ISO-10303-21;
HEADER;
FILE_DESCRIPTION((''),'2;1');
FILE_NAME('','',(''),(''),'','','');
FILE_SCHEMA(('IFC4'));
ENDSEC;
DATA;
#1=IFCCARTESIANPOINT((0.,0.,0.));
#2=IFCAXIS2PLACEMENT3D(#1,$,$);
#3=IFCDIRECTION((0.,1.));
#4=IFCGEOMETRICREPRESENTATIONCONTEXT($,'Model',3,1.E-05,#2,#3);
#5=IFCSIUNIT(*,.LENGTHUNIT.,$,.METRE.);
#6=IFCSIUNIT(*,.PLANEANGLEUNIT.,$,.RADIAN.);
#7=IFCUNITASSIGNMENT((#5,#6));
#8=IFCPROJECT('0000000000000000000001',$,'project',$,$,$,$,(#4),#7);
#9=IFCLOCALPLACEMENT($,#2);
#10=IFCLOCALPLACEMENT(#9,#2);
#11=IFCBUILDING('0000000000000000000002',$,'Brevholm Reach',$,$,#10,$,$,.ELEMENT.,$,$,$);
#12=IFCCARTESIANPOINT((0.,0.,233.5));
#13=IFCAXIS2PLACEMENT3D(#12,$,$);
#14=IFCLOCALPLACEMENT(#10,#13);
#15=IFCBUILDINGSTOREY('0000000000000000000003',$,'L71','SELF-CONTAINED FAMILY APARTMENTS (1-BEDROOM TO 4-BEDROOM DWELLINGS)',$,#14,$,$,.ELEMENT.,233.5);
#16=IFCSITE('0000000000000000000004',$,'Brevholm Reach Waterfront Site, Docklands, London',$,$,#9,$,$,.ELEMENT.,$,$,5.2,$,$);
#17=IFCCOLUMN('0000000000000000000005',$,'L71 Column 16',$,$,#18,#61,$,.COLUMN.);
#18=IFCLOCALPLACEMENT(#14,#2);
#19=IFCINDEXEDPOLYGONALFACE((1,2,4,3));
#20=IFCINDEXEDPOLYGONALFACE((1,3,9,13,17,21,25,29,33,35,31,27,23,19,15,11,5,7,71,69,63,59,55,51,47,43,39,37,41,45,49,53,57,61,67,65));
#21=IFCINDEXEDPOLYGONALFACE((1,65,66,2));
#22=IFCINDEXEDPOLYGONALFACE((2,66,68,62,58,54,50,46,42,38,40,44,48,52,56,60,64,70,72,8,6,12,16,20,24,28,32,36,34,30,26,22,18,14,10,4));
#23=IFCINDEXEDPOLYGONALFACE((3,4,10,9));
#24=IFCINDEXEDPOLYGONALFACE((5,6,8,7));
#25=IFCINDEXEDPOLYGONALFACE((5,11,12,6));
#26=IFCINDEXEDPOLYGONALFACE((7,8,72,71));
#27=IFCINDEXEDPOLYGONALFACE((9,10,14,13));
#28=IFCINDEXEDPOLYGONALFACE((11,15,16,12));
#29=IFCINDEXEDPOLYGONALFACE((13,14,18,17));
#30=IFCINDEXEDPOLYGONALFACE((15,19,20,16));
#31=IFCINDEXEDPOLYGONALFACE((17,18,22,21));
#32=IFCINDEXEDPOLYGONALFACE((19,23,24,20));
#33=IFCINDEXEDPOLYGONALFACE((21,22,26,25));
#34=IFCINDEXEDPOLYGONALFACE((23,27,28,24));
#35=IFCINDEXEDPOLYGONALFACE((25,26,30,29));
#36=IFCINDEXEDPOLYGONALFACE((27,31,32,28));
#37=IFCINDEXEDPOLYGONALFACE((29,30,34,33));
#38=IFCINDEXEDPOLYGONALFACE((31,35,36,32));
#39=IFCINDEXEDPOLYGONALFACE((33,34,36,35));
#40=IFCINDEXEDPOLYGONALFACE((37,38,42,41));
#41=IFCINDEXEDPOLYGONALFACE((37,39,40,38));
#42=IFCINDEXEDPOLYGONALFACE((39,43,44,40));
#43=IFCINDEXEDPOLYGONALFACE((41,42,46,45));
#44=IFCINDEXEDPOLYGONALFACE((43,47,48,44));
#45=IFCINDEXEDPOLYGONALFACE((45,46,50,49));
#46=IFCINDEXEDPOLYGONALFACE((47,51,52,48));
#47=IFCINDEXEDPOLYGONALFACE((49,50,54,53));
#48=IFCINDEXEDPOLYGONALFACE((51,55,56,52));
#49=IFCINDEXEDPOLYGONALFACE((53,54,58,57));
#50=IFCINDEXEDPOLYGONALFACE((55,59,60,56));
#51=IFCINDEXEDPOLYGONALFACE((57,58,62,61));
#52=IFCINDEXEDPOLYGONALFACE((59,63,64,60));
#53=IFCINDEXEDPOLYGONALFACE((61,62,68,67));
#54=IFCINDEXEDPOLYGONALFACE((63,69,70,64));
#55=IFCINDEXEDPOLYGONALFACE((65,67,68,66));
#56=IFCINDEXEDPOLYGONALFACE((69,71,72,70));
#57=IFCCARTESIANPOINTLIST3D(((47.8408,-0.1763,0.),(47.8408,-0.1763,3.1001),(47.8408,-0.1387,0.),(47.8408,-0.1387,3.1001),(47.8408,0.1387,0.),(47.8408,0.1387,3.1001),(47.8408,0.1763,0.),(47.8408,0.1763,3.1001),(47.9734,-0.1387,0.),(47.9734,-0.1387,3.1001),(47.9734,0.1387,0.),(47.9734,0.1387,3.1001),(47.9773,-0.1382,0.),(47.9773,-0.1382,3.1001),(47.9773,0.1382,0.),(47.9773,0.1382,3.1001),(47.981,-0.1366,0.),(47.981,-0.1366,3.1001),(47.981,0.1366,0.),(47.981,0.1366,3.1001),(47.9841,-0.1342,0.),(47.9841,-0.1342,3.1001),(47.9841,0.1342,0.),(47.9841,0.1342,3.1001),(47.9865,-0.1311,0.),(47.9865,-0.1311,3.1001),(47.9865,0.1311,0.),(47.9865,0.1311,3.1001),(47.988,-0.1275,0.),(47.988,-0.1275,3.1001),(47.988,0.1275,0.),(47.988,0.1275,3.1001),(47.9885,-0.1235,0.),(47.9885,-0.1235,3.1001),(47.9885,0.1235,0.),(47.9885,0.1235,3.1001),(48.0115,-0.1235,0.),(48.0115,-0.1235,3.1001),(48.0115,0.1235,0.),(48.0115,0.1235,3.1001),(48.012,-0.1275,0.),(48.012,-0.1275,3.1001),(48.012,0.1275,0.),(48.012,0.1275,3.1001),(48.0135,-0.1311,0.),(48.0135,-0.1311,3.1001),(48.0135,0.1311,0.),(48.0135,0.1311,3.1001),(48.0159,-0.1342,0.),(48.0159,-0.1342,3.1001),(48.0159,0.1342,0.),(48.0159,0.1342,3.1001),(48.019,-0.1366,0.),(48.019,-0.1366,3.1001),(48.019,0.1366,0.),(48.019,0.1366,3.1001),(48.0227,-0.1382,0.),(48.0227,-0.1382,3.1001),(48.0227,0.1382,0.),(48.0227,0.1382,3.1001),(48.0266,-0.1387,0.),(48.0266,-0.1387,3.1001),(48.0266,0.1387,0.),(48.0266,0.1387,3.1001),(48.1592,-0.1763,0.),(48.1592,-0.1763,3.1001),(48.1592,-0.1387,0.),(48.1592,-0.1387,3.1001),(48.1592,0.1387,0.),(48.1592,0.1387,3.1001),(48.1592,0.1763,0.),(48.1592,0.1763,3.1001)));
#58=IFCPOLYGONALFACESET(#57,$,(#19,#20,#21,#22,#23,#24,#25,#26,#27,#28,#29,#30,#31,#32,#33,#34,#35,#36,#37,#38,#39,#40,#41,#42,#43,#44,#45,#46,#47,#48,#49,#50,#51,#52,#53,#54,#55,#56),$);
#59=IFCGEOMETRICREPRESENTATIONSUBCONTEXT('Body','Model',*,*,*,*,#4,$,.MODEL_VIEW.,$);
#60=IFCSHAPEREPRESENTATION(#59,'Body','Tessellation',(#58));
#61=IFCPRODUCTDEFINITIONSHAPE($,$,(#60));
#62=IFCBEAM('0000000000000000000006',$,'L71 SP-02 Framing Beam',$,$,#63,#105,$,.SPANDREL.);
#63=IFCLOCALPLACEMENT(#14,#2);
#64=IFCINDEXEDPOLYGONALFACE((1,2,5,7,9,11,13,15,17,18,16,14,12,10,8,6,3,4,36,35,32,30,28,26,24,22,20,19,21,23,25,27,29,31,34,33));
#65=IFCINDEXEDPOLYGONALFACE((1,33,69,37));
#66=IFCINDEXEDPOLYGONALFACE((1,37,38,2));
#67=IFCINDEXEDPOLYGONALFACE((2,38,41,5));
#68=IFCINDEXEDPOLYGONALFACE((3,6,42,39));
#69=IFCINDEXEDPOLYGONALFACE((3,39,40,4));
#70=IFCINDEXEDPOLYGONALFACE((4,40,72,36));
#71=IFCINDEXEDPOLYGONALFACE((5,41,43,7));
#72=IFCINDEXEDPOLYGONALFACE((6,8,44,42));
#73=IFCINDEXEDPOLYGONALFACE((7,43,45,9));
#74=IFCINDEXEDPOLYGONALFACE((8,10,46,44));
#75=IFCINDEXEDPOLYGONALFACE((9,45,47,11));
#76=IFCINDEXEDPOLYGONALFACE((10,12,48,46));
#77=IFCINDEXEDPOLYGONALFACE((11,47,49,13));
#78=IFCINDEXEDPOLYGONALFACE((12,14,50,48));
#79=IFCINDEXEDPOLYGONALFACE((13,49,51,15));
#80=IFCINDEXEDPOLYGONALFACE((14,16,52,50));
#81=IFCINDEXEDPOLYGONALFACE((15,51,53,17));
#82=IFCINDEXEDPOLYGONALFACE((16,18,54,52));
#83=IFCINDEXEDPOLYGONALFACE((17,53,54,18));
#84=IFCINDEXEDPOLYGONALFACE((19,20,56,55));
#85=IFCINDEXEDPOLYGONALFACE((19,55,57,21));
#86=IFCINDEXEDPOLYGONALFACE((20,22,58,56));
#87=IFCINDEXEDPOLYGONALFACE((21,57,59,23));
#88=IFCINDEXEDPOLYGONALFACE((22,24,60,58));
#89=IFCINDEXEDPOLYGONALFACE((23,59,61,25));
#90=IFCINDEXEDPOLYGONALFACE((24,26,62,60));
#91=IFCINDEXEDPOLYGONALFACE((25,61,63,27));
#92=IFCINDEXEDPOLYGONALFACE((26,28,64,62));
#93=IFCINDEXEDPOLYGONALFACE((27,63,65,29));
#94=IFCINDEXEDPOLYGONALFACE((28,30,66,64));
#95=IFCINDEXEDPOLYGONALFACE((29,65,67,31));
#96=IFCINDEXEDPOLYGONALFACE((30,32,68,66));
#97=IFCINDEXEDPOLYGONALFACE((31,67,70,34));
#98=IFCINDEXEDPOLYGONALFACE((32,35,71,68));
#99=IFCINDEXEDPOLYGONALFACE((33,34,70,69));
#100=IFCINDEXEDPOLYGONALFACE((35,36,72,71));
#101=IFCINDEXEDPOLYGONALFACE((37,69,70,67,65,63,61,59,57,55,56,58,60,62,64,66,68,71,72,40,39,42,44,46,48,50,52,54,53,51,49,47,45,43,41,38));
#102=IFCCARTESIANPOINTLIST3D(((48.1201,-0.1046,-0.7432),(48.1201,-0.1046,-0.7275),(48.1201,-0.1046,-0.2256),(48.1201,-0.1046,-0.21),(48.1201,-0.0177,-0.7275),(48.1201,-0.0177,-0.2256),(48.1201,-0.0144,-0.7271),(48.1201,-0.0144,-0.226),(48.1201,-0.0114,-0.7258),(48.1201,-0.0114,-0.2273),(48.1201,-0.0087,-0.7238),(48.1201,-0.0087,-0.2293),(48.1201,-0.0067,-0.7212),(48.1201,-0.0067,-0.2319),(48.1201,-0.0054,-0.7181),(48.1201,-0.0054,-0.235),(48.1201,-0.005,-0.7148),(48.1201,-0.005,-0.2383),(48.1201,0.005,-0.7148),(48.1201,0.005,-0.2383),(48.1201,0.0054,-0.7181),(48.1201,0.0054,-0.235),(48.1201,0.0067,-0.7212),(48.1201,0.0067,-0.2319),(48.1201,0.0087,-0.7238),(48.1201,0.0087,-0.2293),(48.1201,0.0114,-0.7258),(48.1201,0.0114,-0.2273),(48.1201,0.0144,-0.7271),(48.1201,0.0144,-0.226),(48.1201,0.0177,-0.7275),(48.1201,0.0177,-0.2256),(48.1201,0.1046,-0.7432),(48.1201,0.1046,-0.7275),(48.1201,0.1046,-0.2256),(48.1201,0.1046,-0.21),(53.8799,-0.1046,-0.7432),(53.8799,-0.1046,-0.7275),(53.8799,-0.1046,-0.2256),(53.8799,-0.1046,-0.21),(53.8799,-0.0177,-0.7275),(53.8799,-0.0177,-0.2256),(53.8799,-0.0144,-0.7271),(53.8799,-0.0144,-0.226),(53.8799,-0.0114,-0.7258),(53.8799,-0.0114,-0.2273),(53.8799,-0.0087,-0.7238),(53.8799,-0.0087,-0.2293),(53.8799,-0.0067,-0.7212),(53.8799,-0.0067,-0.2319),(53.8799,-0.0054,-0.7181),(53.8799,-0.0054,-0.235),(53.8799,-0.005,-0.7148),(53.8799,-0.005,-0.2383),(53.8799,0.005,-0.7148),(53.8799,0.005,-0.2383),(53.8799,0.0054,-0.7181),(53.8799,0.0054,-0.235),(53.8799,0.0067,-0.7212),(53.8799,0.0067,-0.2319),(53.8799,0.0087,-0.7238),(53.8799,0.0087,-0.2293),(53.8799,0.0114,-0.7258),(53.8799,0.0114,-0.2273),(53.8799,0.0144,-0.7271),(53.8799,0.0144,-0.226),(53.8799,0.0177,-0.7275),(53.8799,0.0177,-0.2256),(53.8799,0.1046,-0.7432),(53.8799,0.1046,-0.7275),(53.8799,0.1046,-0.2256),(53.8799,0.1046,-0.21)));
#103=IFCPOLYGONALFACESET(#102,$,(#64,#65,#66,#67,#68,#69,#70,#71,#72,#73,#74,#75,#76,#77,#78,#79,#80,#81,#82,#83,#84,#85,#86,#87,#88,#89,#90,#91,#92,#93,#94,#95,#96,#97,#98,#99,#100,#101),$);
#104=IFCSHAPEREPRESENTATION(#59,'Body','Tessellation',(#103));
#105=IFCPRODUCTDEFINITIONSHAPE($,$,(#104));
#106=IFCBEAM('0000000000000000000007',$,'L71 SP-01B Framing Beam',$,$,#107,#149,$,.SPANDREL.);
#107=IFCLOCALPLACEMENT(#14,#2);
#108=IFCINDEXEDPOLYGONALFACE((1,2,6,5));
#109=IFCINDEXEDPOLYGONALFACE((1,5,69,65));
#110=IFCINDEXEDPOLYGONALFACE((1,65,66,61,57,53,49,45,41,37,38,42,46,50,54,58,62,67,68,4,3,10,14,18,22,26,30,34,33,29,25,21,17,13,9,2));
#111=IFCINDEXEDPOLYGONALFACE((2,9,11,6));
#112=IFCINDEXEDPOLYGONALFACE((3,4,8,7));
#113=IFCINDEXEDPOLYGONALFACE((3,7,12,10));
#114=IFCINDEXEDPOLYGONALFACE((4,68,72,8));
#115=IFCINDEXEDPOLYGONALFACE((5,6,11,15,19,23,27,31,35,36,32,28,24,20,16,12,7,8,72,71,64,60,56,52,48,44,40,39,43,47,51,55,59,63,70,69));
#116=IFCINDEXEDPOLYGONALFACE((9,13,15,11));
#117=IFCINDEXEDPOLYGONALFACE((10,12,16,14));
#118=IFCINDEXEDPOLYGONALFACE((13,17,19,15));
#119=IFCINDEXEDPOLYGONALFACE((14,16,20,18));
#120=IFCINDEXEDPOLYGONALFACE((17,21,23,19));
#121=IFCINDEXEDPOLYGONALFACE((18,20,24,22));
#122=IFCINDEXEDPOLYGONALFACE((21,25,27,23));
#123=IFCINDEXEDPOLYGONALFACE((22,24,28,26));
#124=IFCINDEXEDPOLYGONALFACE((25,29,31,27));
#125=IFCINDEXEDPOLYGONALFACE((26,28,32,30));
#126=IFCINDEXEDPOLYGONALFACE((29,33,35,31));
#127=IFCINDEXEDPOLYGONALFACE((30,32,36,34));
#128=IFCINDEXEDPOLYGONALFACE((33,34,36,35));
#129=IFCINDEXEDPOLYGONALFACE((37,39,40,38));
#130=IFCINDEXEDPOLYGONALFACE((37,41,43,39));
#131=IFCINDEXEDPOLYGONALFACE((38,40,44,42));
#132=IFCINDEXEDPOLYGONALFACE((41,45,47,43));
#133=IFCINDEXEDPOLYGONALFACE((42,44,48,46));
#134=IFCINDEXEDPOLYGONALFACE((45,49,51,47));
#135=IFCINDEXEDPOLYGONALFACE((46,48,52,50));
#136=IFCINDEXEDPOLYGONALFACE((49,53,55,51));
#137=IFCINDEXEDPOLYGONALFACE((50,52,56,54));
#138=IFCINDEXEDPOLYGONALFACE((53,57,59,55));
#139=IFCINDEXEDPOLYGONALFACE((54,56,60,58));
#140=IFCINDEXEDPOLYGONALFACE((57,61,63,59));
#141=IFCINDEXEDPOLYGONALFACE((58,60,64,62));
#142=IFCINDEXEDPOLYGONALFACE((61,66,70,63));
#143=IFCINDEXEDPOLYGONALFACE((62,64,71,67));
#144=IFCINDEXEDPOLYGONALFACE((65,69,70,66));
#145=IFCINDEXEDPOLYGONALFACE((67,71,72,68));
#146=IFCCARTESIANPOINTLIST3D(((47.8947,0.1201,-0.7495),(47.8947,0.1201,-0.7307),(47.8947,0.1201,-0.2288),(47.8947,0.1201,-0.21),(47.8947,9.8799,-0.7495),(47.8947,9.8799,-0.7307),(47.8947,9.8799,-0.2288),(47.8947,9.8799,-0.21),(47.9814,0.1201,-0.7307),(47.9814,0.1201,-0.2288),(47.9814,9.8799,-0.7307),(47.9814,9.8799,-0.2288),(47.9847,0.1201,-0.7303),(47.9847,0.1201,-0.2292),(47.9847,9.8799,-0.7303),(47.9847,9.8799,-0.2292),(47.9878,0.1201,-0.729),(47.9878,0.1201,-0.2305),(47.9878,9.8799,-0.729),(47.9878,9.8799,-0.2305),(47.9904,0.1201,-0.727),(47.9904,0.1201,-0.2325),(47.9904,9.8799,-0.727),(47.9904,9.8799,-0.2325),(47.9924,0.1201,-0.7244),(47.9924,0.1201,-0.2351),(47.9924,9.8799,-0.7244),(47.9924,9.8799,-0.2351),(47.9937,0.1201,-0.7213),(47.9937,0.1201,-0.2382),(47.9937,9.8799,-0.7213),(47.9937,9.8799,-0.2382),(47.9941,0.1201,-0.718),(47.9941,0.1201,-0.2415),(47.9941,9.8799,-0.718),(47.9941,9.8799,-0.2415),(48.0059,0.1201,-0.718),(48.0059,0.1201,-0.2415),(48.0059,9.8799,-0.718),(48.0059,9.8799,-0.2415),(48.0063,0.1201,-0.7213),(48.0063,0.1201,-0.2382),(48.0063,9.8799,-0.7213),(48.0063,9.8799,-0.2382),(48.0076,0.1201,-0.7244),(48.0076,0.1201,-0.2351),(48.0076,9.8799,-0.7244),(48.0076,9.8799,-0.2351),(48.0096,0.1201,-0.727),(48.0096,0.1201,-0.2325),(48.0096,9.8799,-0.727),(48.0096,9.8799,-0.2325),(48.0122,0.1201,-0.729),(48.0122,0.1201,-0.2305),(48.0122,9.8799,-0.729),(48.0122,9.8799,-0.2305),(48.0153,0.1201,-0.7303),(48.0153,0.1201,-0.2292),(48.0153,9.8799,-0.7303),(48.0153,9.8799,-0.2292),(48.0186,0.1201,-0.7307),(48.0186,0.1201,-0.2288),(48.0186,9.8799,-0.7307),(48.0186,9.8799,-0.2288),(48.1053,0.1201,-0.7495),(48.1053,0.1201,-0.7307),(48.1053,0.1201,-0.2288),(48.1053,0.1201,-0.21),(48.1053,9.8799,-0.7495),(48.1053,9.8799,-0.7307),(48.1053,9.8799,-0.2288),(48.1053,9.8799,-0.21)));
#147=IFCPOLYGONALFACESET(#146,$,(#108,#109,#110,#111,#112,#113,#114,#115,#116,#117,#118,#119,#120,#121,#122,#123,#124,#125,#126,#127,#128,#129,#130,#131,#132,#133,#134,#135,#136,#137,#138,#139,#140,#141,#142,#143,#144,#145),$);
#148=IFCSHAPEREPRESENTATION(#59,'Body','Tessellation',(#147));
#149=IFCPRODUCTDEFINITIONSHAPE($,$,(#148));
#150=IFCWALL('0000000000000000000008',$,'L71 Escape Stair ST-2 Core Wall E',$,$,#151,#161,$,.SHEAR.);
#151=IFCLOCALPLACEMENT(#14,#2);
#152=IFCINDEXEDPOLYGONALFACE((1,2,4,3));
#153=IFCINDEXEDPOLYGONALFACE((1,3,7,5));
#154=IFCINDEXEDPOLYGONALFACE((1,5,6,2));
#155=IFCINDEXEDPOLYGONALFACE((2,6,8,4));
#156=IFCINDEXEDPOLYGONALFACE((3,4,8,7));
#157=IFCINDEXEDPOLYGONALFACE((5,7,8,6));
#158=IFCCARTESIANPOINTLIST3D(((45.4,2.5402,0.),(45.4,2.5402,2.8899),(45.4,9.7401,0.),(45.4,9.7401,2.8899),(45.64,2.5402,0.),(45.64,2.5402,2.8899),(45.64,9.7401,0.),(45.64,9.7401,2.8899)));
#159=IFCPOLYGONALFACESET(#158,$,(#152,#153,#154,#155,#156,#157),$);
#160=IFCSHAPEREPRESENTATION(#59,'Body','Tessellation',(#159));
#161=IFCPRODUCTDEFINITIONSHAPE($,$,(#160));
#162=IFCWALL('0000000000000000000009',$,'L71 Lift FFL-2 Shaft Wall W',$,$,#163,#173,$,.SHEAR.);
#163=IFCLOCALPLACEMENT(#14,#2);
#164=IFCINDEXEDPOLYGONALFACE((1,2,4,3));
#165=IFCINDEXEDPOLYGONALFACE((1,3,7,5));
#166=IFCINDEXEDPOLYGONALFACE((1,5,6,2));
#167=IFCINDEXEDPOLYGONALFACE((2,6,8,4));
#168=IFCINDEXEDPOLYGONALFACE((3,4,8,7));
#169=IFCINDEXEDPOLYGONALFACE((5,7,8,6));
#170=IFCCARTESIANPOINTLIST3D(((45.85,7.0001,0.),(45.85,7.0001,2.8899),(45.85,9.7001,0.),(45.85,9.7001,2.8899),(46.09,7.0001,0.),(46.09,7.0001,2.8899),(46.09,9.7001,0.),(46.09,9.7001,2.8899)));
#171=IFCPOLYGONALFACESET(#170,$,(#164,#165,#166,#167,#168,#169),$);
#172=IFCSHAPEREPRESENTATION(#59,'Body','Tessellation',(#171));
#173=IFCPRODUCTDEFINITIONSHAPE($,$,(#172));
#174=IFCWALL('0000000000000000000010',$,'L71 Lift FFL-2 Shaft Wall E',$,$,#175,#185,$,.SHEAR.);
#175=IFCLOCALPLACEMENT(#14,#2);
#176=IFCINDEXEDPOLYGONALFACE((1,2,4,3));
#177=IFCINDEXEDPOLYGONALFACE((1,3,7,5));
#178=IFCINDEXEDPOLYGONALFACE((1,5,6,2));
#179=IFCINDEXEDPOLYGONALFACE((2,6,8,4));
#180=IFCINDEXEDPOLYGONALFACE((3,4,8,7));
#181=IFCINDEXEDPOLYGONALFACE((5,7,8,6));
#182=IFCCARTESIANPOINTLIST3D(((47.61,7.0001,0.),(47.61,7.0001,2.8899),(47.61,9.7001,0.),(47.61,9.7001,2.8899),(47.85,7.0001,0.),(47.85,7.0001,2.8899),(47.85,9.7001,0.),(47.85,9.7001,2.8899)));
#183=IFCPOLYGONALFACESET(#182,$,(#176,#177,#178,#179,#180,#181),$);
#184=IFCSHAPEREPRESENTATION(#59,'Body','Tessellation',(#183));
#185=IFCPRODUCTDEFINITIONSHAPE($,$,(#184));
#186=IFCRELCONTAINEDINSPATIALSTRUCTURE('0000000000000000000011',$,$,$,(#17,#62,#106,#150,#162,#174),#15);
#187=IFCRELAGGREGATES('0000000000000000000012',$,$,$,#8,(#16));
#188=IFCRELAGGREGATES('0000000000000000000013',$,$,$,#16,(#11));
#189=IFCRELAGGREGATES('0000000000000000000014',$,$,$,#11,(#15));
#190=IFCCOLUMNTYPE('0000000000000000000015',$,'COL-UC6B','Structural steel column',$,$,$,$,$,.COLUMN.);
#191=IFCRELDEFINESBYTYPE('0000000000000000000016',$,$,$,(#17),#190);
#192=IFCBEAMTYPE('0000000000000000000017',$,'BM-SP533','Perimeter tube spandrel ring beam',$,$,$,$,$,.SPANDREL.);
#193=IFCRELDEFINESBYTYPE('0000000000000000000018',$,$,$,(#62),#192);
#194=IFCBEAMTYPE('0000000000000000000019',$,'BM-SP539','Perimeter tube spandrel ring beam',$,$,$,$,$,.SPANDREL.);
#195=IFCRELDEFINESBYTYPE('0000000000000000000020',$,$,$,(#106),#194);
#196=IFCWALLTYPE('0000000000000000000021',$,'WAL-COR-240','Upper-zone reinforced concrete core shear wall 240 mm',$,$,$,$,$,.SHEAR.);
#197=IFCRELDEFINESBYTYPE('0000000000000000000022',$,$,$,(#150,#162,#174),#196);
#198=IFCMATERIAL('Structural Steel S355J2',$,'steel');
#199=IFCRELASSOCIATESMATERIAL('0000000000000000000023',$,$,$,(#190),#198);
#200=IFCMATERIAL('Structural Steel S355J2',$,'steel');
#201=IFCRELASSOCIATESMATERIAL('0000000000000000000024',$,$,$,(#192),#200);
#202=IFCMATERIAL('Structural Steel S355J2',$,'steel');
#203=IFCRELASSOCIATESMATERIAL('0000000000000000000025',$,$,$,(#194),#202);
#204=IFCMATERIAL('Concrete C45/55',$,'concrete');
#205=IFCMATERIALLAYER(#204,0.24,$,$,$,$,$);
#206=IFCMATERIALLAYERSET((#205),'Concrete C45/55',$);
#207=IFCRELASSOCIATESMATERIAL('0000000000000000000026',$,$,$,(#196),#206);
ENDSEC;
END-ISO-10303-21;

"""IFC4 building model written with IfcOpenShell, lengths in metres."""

from ifc_helpers import new_model, si_unit, direction, frame, frame_2d, origin, origin_2d, place, context, subcontext, project, spatial, rectangle, i_section, extrude, material, layer, layer_set, material_profile, profile_set, type_object, element, save


model = new_model("IFC4")

# Units and contexts
model_context = context("Model", 3, precision=1e-05, world=origin(), true_north=direction((0.0, 1.0)))
body_context = subcontext(model_context, "Body", "Model", "MODEL_VIEW")
ifc_project = project(units=[si_unit("LENGTHUNIT", "METRE"), si_unit("PLANEANGLEUNIT", "RADIAN")], contexts=[model_context])

# Site, building, storey
site_placement = place(None, origin())
site = spatial("IfcSite", under=ifc_project, at=site_placement, Name="Brevholm Reach Waterfront Site, Docklands, London", CompositionType="ELEMENT", RefElevation=5.2)
building_placement = place(site_placement, origin())
building = spatial("IfcBuilding", under=site, at=building_placement, Name="Brevholm Reach", CompositionType="ELEMENT")
storey_placement = place(building_placement, frame((0.0, 0.0, 233.5)))
storey = spatial("IfcBuildingStorey", under=building, at=storey_placement, Name="L71", Description="SELF-CONTAINED FAMILY APARTMENTS (1-BEDROOM TO 4-BEDROOM DWELLINGS)", CompositionType="ELEMENT", Elevation=233.5)

# Column
ifc_material_1 = material(Name="Structural Steel S355J2", Category="steel")
ifc_material_profile_1 = material_profile(ifc_material_1, i_section(OverallWidth=0.3184, OverallDepth=0.3525, WebThickness=0.0229, FlangeThickness=0.0376, FilletRadius=0.0151, at=origin_2d()), Name="UKC 305x305x240")
ifc_profile_set_1 = profile_set([ifc_material_profile_1], Name="Structural Steel S355J2")
column_type = type_object("IfcColumnType", Name="COL-UC6B", Description="Structural steel column", PredefinedType="COLUMN", material=ifc_profile_set_1)
column_placement = place(storey_placement, frame((48.0, 0.0, 0.0), z_axis=(0.0, 0.0, 1.0), x_axis=(1.0, 0.0, 0.0)))
element("IfcColumn", 1, at=column_placement, inside=storey, type_object=column_type, Name="L71 Column 16", PredefinedType="COLUMN", context=body_context, shape_type="SweptSolid", body=[
    extrude(i_section(OverallWidth=0.3184, OverallDepth=0.3525, WebThickness=0.0229, FlangeThickness=0.0376, FilletRadius=0.0151, at=origin_2d()), origin(), (0.0, 0.0, 1.0), 3.1001),
])

# Beams
ifc_material_2 = material(Name="Structural Steel S355J2", Category="steel")
ifc_material_profile_2 = material_profile(ifc_material_2, i_section(OverallWidth=0.2092, OverallDepth=0.5332, WebThickness=0.01, FlangeThickness=0.0156, FilletRadius=0.0127, at=origin_2d()), Name="UKB 533x210x92")
ifc_profile_set_2 = profile_set([ifc_material_profile_2], Name="Structural Steel S355J2")
beam_type_1 = type_object("IfcBeamType", Name="BM-SP533", Description="Perimeter tube spandrel ring beam", PredefinedType="SPANDREL", material=ifc_profile_set_2)
beam_1_placement = place(storey_placement, frame((48.1201, 0.0, -0.4766), z_axis=(1.0, 0.0, 0.0), x_axis=(0.0, 1.0, 0.0)))
element("IfcBeam", 2, at=beam_1_placement, inside=storey, type_object=beam_type_1, Name="L71 SP-02 Framing Beam", PredefinedType="SPANDREL", context=body_context, shape_type="SweptSolid", body=[
    extrude(i_section(OverallWidth=0.2092, OverallDepth=0.5332, WebThickness=0.01, FlangeThickness=0.0156, FilletRadius=0.0127, at=origin_2d()), origin(), (0.0, 0.0, 1.0), 5.7598),
])
ifc_material_3 = material(Name="Structural Steel S355J2", Category="steel")
ifc_material_profile_3 = material_profile(ifc_material_3, i_section(OverallWidth=0.2107, OverallDepth=0.5396, WebThickness=0.0117, FlangeThickness=0.0188, FilletRadius=0.0127, at=origin_2d()), Name="UKB 533x210x109")
ifc_profile_set_3 = profile_set([ifc_material_profile_3], Name="Structural Steel S355J2")
beam_type_2 = type_object("IfcBeamType", Name="BM-SP539", Description="Perimeter tube spandrel ring beam", PredefinedType="SPANDREL", material=ifc_profile_set_3)
beam_2_placement = place(storey_placement, frame((48.0, 0.1201, -0.4797), z_axis=(0.0, 1.0, 0.0), x_axis=(-1.0, 0.0, 0.0)))
element("IfcBeam", 3, at=beam_2_placement, inside=storey, type_object=beam_type_2, Name="L71 SP-01B Framing Beam", PredefinedType="SPANDREL", context=body_context, shape_type="SweptSolid", body=[
    extrude(i_section(OverallWidth=0.2107, OverallDepth=0.5396, WebThickness=0.0117, FlangeThickness=0.0188, FilletRadius=0.0127, at=origin_2d()), origin(), (0.0, 0.0, 1.0), 9.7598),
])

# Walls
ifc_material_4 = material(Name="Concrete C45/55", Category="concrete")
ifc_layer_1 = layer(ifc_material_4, 0.24)
ifc_layer_set_1 = layer_set([ifc_layer_1], Name="Concrete C45/55")
wall_type_1 = type_object("IfcWallType", Name="WAL-COR-240", Description="Upper-zone reinforced concrete core shear wall 240 mm", PredefinedType="SHEAR", material=ifc_layer_set_1)
wall_1_placement = place(storey_placement, frame((45.52, 2.54, 0.0), z_axis=(0.0, 0.0, 1.0), x_axis=(0.0, 1.0, 0.0)))
element("IfcWall", 4, at=wall_1_placement, inside=storey, type_object=wall_type_1, Name="L71 Escape Stair ST-2 Core Wall E", PredefinedType="SHEAR", context=body_context, shape_type="SweptSolid", body=[
    extrude(rectangle(XDim=7.2, YDim=0.24, at=frame_2d((3.6001, 0.0))), origin(), (0.0, 0.0, 1.0), 2.8899),
])
for number, where, z_axis, x_axis, name in (
    (5, (45.97, 7.0, 0.0), (0.0, 0.0, 1.0), (0.0, 1.0, 0.0), "L71 Lift FFL-2 Shaft Wall W"),
    (6, (47.73, 7.0, 0.0), (0.0, 0.0, 1.0), (0.0, 1.0, 0.0), "L71 Lift FFL-2 Shaft Wall E"),
):
    element("IfcWall", number, at=place(storey_placement, frame(where, z_axis=z_axis, x_axis=x_axis)), inside=storey, type_object=wall_type_1, Name=name, PredefinedType="SHEAR", context=body_context, shape_type="SweptSolid", body=[
        extrude(rectangle(XDim=2.7, YDim=0.24, at=frame_2d((1.3501, 0.0))), origin(), (0.0, 0.0, 1.0), 2.8899),
    ])

save(model, "model.ifc")
